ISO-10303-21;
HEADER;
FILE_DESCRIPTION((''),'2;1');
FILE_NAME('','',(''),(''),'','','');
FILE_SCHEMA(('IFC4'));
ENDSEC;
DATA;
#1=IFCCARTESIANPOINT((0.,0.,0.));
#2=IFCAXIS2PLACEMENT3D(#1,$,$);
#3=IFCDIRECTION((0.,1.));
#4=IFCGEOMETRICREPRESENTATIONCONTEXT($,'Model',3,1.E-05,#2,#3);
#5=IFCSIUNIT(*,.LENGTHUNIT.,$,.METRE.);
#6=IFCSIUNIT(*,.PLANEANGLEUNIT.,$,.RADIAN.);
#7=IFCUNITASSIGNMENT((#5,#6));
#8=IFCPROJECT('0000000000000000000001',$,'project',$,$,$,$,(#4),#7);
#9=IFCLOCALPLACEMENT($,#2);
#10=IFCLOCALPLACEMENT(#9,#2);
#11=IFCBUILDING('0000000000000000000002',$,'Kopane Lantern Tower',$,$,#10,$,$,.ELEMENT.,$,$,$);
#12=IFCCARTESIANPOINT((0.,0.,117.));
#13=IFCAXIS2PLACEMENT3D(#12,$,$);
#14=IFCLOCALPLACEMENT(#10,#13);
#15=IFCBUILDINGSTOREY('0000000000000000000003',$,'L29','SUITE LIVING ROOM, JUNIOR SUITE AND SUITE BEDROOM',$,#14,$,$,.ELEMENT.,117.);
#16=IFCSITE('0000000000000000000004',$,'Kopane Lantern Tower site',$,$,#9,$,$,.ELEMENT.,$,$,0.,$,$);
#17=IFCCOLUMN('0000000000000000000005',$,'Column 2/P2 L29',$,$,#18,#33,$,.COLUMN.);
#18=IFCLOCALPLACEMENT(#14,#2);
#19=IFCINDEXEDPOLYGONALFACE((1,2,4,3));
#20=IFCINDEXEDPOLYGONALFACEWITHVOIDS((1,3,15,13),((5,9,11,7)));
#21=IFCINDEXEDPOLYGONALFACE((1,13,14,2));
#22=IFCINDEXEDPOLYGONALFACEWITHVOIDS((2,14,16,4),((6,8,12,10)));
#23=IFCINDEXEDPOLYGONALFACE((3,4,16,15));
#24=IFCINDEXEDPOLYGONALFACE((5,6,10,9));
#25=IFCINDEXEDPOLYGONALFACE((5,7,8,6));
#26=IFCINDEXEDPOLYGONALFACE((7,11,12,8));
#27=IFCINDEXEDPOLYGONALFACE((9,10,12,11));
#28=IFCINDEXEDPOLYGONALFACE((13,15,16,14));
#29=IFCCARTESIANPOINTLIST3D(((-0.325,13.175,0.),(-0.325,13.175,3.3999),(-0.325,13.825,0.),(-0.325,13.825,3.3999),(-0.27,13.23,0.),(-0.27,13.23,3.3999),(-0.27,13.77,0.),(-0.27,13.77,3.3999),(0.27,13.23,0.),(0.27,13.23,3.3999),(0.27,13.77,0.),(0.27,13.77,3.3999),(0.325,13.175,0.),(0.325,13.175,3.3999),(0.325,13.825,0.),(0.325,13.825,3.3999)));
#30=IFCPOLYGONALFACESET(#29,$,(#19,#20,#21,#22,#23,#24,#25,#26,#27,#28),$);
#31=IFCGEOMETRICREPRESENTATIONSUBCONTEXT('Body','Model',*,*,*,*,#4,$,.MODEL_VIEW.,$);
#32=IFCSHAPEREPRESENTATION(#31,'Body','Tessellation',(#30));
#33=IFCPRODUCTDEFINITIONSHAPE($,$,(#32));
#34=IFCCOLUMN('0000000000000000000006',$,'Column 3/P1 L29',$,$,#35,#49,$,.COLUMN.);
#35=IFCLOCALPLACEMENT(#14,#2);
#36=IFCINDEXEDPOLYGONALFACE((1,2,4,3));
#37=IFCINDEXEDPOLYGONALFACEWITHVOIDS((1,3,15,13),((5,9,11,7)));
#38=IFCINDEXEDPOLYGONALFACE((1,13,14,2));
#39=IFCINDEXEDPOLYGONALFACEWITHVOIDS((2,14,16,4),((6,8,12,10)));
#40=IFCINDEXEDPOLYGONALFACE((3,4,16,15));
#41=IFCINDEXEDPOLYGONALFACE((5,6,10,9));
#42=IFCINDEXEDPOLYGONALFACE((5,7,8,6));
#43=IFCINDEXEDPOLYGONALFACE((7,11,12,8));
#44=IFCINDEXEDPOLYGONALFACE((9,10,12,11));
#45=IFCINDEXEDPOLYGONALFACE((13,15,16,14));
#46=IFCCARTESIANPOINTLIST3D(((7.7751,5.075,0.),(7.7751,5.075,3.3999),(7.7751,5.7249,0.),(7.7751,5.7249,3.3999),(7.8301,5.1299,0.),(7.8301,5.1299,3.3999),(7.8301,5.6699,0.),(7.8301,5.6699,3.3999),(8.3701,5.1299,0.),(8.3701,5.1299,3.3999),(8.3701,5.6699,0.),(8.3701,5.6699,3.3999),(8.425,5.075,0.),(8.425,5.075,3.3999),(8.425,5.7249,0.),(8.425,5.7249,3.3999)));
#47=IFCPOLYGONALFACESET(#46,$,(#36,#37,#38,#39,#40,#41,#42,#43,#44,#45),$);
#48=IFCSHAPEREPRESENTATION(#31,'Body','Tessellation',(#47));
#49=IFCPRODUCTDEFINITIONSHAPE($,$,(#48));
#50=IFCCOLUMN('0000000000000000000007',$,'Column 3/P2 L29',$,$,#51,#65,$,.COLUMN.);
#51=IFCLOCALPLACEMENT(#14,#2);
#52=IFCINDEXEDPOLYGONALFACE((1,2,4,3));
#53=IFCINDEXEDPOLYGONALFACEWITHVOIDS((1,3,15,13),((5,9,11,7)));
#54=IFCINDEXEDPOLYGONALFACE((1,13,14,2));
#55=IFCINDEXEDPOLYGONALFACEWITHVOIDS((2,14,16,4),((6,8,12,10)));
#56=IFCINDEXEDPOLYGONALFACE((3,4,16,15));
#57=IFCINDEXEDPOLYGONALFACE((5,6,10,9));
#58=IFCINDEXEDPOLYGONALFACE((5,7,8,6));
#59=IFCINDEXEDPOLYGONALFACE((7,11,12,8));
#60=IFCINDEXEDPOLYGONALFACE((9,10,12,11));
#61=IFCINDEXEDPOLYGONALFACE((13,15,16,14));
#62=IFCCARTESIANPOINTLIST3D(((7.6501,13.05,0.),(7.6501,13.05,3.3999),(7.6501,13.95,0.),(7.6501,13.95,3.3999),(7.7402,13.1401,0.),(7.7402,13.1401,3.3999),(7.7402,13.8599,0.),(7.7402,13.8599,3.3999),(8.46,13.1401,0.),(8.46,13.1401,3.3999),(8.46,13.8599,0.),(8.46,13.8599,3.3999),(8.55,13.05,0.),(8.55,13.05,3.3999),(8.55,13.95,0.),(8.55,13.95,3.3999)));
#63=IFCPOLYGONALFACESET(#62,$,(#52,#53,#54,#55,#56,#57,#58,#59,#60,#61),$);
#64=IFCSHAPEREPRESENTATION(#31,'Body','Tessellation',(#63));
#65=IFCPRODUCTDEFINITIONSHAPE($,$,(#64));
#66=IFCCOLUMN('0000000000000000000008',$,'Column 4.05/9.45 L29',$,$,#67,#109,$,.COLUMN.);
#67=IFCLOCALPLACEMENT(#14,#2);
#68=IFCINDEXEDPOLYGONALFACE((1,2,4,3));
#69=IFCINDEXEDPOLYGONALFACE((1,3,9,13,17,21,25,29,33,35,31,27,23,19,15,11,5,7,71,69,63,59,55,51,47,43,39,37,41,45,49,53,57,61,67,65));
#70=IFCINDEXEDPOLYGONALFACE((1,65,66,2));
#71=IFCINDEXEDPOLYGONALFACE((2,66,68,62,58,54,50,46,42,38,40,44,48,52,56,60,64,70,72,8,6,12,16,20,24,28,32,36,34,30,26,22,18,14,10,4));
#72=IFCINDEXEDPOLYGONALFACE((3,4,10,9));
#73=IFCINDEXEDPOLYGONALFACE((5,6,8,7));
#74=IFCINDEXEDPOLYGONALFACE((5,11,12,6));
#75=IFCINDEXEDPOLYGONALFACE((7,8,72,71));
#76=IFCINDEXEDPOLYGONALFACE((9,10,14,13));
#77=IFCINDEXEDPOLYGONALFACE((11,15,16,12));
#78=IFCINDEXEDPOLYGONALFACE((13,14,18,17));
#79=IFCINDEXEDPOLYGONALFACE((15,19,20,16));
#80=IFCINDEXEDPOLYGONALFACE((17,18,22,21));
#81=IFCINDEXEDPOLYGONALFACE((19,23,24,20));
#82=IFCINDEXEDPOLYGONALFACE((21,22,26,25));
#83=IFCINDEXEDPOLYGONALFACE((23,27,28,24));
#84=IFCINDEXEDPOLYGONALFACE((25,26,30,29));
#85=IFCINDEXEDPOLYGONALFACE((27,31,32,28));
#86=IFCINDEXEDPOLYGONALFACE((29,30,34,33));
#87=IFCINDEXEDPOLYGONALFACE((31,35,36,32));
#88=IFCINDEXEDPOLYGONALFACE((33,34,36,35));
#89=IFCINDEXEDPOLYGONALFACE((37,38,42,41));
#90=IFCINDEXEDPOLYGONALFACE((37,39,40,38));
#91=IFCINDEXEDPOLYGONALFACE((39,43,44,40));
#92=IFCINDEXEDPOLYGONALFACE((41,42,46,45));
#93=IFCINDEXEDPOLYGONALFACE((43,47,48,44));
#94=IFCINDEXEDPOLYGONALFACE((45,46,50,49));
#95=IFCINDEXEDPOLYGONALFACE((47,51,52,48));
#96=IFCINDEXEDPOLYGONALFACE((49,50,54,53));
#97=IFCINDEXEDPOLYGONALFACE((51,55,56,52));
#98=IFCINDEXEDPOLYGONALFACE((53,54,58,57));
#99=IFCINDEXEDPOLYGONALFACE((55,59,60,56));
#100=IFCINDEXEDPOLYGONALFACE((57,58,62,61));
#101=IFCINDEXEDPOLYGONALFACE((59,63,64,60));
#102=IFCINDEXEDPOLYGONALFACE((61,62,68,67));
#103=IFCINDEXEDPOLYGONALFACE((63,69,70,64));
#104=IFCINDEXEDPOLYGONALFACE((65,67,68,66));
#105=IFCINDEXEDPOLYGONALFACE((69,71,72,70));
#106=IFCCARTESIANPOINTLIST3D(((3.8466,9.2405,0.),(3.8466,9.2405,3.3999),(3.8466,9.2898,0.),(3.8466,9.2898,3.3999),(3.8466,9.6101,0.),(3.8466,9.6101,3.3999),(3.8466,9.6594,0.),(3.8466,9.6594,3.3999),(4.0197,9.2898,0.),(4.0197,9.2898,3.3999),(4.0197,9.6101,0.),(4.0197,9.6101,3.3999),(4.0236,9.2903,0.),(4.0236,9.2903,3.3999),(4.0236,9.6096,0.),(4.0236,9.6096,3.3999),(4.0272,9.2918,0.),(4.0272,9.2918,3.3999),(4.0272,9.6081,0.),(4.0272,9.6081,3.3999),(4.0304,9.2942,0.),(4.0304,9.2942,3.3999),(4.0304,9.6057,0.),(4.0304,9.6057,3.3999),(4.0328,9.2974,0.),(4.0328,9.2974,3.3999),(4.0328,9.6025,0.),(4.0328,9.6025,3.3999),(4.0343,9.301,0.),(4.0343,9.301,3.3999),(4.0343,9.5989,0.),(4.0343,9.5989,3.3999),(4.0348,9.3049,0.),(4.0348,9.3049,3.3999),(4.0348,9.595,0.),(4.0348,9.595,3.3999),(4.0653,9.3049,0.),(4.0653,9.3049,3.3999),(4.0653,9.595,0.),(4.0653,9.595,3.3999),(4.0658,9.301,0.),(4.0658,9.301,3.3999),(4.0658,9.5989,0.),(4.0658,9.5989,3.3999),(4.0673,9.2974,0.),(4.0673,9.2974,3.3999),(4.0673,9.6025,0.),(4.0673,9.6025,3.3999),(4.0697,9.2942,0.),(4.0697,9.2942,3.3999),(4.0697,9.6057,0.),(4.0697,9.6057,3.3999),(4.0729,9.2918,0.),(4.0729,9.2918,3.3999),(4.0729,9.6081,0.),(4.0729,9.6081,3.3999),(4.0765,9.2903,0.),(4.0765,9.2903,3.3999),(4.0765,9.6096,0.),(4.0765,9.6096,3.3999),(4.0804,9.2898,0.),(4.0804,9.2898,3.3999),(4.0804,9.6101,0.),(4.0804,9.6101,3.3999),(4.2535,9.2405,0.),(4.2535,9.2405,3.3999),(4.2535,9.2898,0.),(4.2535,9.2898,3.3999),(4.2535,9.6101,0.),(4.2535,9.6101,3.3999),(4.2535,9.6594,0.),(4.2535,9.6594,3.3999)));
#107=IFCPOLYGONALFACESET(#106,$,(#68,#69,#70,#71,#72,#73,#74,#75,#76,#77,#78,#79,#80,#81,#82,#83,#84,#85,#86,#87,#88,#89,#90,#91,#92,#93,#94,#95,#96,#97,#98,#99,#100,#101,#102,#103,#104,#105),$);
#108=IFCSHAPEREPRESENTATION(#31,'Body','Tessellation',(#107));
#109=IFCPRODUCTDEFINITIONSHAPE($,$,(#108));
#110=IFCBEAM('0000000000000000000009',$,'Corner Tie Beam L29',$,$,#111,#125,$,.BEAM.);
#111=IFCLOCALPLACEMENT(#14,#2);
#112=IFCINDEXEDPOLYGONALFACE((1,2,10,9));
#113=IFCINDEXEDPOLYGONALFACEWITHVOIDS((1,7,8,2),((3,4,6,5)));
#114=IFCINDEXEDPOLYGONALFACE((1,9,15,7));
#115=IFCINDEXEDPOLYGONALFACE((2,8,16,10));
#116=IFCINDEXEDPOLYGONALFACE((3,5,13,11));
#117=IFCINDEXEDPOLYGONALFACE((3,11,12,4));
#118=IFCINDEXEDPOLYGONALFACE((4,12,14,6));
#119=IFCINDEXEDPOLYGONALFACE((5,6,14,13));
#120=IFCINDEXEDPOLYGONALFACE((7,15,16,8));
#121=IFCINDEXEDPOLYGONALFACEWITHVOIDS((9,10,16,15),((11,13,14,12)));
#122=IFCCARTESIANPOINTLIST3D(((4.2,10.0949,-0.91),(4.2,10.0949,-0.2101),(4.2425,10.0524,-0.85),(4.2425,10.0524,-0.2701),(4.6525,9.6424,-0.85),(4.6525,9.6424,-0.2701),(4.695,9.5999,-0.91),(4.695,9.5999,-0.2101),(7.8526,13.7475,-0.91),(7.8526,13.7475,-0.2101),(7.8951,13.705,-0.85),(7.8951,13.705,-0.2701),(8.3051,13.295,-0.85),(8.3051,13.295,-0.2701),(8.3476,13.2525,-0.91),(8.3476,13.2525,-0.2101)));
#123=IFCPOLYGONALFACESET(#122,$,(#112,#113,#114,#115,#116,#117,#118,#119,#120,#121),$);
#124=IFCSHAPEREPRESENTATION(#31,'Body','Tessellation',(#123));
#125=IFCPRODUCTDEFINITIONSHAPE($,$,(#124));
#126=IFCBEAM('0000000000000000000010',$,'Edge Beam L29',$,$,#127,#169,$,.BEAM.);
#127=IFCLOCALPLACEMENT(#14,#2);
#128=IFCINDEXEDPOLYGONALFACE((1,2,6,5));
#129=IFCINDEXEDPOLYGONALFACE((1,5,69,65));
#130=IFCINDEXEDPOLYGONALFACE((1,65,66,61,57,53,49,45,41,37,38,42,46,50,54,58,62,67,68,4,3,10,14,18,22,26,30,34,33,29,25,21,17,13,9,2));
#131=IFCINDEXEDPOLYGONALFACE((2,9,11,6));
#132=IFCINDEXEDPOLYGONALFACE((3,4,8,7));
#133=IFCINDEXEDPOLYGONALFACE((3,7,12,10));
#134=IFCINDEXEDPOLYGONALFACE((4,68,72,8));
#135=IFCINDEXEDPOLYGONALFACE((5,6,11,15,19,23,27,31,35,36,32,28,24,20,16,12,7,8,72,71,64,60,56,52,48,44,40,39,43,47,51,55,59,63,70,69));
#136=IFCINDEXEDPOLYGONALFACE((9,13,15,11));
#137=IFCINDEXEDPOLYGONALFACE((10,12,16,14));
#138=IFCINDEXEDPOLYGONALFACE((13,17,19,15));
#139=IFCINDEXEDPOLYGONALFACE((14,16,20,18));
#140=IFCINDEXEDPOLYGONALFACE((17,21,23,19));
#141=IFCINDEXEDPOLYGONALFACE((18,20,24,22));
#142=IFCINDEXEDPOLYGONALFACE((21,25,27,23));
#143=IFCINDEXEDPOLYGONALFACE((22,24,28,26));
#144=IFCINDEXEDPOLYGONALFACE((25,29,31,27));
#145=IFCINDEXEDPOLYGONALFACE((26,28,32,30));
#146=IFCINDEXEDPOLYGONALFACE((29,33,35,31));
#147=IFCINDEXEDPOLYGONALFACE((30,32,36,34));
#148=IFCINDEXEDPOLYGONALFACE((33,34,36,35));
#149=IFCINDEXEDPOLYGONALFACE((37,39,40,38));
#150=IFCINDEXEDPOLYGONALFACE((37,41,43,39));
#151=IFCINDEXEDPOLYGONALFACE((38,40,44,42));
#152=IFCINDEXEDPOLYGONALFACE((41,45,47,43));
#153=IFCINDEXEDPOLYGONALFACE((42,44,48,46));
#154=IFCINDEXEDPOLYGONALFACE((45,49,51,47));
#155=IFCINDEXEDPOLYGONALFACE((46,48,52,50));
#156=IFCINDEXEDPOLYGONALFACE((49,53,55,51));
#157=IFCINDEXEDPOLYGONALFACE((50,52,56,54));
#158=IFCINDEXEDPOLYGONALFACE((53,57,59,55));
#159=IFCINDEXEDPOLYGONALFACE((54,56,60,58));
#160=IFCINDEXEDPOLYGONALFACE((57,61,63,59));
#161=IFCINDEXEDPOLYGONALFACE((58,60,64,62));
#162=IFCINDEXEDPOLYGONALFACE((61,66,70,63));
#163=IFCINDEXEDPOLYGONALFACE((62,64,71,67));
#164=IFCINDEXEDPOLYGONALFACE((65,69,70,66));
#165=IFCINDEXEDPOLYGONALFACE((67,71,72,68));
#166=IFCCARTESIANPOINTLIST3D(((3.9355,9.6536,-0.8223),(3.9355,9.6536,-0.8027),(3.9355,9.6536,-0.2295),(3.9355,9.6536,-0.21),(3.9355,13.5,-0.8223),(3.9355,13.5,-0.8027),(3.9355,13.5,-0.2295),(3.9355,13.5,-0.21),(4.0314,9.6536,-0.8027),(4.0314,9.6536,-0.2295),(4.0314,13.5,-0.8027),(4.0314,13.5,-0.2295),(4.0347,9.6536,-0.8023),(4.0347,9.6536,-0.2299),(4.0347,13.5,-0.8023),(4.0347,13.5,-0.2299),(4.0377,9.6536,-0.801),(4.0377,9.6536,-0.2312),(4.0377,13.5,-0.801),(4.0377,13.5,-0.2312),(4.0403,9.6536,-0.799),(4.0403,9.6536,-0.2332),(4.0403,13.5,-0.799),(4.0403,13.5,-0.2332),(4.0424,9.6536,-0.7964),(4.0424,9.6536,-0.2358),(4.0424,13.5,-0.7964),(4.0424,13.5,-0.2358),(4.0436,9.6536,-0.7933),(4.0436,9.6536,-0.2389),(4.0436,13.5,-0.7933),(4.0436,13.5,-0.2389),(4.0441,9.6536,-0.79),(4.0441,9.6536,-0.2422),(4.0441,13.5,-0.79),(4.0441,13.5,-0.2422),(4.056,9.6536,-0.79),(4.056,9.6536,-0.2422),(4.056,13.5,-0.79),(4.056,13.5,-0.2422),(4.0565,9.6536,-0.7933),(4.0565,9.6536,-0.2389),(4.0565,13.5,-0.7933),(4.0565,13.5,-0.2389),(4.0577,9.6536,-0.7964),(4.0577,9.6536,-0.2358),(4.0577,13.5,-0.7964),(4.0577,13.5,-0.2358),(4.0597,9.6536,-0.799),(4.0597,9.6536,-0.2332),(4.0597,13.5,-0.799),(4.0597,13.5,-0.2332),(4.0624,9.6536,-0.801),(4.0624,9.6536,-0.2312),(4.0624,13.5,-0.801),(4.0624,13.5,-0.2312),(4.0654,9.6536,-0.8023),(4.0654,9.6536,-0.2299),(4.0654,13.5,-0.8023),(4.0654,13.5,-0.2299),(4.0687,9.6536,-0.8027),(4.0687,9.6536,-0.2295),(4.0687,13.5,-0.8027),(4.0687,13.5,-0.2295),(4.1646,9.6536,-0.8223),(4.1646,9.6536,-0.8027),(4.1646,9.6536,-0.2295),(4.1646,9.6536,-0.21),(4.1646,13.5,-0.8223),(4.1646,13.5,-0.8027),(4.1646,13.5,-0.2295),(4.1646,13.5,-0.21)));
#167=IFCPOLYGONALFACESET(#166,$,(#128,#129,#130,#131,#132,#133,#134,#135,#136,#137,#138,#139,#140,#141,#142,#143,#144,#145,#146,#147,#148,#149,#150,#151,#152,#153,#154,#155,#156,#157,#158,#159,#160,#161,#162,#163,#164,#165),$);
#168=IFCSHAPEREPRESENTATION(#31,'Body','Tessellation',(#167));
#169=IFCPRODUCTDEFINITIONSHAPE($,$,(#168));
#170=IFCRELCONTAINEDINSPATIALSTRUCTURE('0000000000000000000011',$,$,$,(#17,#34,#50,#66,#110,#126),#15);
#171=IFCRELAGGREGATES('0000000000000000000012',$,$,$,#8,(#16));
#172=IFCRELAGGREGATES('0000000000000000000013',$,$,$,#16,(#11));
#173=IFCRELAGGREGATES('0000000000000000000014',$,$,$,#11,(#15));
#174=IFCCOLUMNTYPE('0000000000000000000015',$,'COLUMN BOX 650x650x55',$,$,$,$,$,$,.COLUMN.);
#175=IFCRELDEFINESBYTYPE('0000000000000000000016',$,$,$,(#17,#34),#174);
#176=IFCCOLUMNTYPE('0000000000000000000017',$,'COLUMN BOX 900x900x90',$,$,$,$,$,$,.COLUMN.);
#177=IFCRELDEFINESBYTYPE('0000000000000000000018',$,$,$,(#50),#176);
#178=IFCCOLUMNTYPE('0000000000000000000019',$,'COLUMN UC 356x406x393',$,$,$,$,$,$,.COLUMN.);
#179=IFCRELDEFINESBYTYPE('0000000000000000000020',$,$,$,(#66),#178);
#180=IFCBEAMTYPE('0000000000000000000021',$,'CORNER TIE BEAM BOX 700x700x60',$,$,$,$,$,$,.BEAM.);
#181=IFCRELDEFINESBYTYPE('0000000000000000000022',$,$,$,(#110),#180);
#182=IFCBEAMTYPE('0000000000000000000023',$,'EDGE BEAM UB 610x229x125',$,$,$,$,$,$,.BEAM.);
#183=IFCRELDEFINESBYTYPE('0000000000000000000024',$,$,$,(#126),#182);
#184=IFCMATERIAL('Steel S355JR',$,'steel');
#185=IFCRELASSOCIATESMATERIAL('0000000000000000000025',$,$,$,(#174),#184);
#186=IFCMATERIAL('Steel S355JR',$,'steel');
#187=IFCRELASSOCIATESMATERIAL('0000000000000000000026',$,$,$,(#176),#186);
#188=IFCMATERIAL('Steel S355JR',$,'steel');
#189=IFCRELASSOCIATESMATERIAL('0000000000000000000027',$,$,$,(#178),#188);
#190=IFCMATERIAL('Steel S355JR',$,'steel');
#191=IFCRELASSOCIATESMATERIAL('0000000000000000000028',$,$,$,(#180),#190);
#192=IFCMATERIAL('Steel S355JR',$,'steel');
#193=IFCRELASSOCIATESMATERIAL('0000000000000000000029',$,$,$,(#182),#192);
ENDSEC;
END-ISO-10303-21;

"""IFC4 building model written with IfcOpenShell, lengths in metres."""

from ifc_helpers import new_model, si_unit, direction, frame, origin, origin_2d, place, context, subcontext, project, spatial, hollow_rectangle, i_section, extrude, material, material_profile, profile_set, type_object, element, save


model = new_model("IFC4")

# Units and contexts
model_context = context("Model", 3, precision=1e-05, world=origin(), true_north=direction((0.0, 1.0)))
body_context = subcontext(model_context, "Body", "Model", "MODEL_VIEW")
ifc_project = project(units=[si_unit("LENGTHUNIT", "METRE"), si_unit("PLANEANGLEUNIT", "RADIAN")], contexts=[model_context])

# Site, building, storey
site_placement = place(None, origin())
site = spatial("IfcSite", under=ifc_project, at=site_placement, Name="Kopane Lantern Tower site", CompositionType="ELEMENT", RefElevation=0.0)
building_placement = place(site_placement, origin())
building = spatial("IfcBuilding", under=site, at=building_placement, Name="Kopane Lantern Tower", CompositionType="ELEMENT")
storey_placement = place(building_placement, frame((0.0, 0.0, 117.0)))
storey = spatial("IfcBuildingStorey", under=building, at=storey_placement, Name="L29", Description="SUITE LIVING ROOM, JUNIOR SUITE AND SUITE BEDROOM", CompositionType="ELEMENT", Elevation=117.0)

# Columns
ifc_material_1 = material(Name="Steel S355JR", Category="steel")
ifc_material_profile_1 = material_profile(ifc_material_1, hollow_rectangle(XDim=0.6499, YDim=0.6499, WallThickness=0.0549, at=origin_2d()), Name="BOX 650x650x55")
ifc_profile_set_1 = profile_set([ifc_material_profile_1], Name="Steel S355JR")
column_type_1 = type_object("IfcColumnType", Name="COLUMN BOX 650x650x55", PredefinedType="COLUMN", material=ifc_profile_set_1)
for number, where, z_axis, x_axis, name in (
    (1, (0.0, 13.5, 0.0), (0.0, 0.0, 1.0), (1.0, 0.0, 0.0), "Column 2/P2 L29"),
    (2, (8.1001, 5.3999, 0.0), (0.0, 0.0, 1.0), (1.0, 0.0, 0.0), "Column 3/P1 L29"),
):
    element("IfcColumn", number, at=place(storey_placement, frame(where, z_axis=z_axis, x_axis=x_axis)), inside=storey, type_object=column_type_1, Name=name, PredefinedType="COLUMN", context=body_context, shape_type="SweptSolid", body=[
        extrude(hollow_rectangle(XDim=0.6499, YDim=0.6499, WallThickness=0.0549, at=origin_2d()), origin(), (0.0, 0.0, 1.0), 3.3999),
    ])
ifc_material_2 = material(Name="Steel S355JR", Category="steel")
ifc_material_profile_2 = material_profile(ifc_material_2, hollow_rectangle(XDim=0.8999, YDim=0.8999, WallThickness=0.0901, at=origin_2d()), Name="BOX 900x900x90")
ifc_profile_set_2 = profile_set([ifc_material_profile_2], Name="Steel S355JR")
column_type_2 = type_object("IfcColumnType", Name="COLUMN BOX 900x900x90", PredefinedType="COLUMN", material=ifc_profile_set_2)
column_1_placement = place(storey_placement, frame((8.1001, 13.5, 0.0), z_axis=(0.0, 0.0, 1.0), x_axis=(1.0, 0.0, 0.0)))
element("IfcColumn", 3, at=column_1_placement, inside=storey, type_object=column_type_2, Name="Column 3/P2 L29", PredefinedType="COLUMN", context=body_context, shape_type="SweptSolid", body=[
    extrude(hollow_rectangle(XDim=0.8999, YDim=0.8999, WallThickness=0.0901, at=origin_2d()), origin(), (0.0, 0.0, 1.0), 3.3999),
])
ifc_material_3 = material(Name="Steel S355JR", Category="steel")
ifc_material_profile_3 = material_profile(ifc_material_3, i_section(OverallWidth=0.407, OverallDepth=0.4189, WebThickness=0.0305, FlangeThickness=0.0493, FilletRadius=0.0151, at=origin_2d()), Name="UC 356x406x393")
ifc_profile_set_3 = profile_set([ifc_material_profile_3], Name="Steel S355JR")
column_type_3 = type_object("IfcColumnType", Name="COLUMN UC 356x406x393", PredefinedType="COLUMN", material=ifc_profile_set_3)
column_2_placement = place(storey_placement, frame((4.05, 9.45, 0.0), z_axis=(0.0, 0.0, 1.0), x_axis=(1.0, 0.0, 0.0)))
element("IfcColumn", 4, at=column_2_placement, inside=storey, type_object=column_type_3, Name="Column 4.05/9.45 L29", PredefinedType="COLUMN", context=body_context, shape_type="SweptSolid", body=[
    extrude(i_section(OverallWidth=0.407, OverallDepth=0.4189, WebThickness=0.0305, FlangeThickness=0.0493, FilletRadius=0.0151, at=origin_2d()), origin(), (0.0, 0.0, 1.0), 3.3999),
])

# Beams
ifc_material_4 = material(Name="Steel S355JR", Category="steel")
ifc_material_profile_4 = material_profile(ifc_material_4, hollow_rectangle(XDim=0.7, YDim=0.7, WallThickness=0.0601, at=origin_2d()), Name="BOX 700x700x60")
ifc_profile_set_4 = profile_set([ifc_material_profile_4], Name="Steel S355JR")
beam_type_1 = type_object("IfcBeamType", Name="CORNER TIE BEAM BOX 700x700x60", PredefinedType="BEAM", material=ifc_profile_set_4)
beam_1_placement = place(storey_placement, frame((4.4475, 9.8474, -0.5601), z_axis=(0.707107, 0.707107, 0.0), x_axis=(-0.707107, 0.707107, 0.0)))
element("IfcBeam", 5, at=beam_1_placement, inside=storey, type_object=beam_type_1, Name="Corner Tie Beam L29", PredefinedType="BEAM", context=body_context, shape_type="SweptSolid", body=[
    extrude(hollow_rectangle(XDim=0.7, YDim=0.7, WallThickness=0.0601, at=origin_2d()), origin(), (0.0, 0.0, 1.0), 5.1655),
])
ifc_material_5 = material(Name="Steel S355JR", Category="steel")
ifc_material_profile_5 = material_profile(ifc_material_5, i_section(OverallWidth=0.229, OverallDepth=0.6123, WebThickness=0.012, FlangeThickness=0.0195, FilletRadius=0.0127, at=origin_2d()), Name="UB 610x229x125")
ifc_profile_set_5 = profile_set([ifc_material_profile_5], Name="Steel S355JR")
beam_type_2 = type_object("IfcBeamType", Name="EDGE BEAM UB 610x229x125", PredefinedType="BEAM", material=ifc_profile_set_5)
beam_2_placement = place(storey_placement, frame((4.05, 9.6536, -0.5161), z_axis=(0.0, 1.0, 0.0), x_axis=(-1.0, 0.0, 0.0)))
element("IfcBeam", 6, at=beam_2_placement, inside=storey, type_object=beam_type_2, Name="Edge Beam L29", PredefinedType="BEAM", context=body_context, shape_type="SweptSolid", body=[
    extrude(i_section(OverallWidth=0.229, OverallDepth=0.6123, WebThickness=0.012, FlangeThickness=0.0195, FilletRadius=0.0127, at=origin_2d()), origin(), (0.0, 0.0, 1.0), 3.8464),
])

save(model, "model.ifc")
